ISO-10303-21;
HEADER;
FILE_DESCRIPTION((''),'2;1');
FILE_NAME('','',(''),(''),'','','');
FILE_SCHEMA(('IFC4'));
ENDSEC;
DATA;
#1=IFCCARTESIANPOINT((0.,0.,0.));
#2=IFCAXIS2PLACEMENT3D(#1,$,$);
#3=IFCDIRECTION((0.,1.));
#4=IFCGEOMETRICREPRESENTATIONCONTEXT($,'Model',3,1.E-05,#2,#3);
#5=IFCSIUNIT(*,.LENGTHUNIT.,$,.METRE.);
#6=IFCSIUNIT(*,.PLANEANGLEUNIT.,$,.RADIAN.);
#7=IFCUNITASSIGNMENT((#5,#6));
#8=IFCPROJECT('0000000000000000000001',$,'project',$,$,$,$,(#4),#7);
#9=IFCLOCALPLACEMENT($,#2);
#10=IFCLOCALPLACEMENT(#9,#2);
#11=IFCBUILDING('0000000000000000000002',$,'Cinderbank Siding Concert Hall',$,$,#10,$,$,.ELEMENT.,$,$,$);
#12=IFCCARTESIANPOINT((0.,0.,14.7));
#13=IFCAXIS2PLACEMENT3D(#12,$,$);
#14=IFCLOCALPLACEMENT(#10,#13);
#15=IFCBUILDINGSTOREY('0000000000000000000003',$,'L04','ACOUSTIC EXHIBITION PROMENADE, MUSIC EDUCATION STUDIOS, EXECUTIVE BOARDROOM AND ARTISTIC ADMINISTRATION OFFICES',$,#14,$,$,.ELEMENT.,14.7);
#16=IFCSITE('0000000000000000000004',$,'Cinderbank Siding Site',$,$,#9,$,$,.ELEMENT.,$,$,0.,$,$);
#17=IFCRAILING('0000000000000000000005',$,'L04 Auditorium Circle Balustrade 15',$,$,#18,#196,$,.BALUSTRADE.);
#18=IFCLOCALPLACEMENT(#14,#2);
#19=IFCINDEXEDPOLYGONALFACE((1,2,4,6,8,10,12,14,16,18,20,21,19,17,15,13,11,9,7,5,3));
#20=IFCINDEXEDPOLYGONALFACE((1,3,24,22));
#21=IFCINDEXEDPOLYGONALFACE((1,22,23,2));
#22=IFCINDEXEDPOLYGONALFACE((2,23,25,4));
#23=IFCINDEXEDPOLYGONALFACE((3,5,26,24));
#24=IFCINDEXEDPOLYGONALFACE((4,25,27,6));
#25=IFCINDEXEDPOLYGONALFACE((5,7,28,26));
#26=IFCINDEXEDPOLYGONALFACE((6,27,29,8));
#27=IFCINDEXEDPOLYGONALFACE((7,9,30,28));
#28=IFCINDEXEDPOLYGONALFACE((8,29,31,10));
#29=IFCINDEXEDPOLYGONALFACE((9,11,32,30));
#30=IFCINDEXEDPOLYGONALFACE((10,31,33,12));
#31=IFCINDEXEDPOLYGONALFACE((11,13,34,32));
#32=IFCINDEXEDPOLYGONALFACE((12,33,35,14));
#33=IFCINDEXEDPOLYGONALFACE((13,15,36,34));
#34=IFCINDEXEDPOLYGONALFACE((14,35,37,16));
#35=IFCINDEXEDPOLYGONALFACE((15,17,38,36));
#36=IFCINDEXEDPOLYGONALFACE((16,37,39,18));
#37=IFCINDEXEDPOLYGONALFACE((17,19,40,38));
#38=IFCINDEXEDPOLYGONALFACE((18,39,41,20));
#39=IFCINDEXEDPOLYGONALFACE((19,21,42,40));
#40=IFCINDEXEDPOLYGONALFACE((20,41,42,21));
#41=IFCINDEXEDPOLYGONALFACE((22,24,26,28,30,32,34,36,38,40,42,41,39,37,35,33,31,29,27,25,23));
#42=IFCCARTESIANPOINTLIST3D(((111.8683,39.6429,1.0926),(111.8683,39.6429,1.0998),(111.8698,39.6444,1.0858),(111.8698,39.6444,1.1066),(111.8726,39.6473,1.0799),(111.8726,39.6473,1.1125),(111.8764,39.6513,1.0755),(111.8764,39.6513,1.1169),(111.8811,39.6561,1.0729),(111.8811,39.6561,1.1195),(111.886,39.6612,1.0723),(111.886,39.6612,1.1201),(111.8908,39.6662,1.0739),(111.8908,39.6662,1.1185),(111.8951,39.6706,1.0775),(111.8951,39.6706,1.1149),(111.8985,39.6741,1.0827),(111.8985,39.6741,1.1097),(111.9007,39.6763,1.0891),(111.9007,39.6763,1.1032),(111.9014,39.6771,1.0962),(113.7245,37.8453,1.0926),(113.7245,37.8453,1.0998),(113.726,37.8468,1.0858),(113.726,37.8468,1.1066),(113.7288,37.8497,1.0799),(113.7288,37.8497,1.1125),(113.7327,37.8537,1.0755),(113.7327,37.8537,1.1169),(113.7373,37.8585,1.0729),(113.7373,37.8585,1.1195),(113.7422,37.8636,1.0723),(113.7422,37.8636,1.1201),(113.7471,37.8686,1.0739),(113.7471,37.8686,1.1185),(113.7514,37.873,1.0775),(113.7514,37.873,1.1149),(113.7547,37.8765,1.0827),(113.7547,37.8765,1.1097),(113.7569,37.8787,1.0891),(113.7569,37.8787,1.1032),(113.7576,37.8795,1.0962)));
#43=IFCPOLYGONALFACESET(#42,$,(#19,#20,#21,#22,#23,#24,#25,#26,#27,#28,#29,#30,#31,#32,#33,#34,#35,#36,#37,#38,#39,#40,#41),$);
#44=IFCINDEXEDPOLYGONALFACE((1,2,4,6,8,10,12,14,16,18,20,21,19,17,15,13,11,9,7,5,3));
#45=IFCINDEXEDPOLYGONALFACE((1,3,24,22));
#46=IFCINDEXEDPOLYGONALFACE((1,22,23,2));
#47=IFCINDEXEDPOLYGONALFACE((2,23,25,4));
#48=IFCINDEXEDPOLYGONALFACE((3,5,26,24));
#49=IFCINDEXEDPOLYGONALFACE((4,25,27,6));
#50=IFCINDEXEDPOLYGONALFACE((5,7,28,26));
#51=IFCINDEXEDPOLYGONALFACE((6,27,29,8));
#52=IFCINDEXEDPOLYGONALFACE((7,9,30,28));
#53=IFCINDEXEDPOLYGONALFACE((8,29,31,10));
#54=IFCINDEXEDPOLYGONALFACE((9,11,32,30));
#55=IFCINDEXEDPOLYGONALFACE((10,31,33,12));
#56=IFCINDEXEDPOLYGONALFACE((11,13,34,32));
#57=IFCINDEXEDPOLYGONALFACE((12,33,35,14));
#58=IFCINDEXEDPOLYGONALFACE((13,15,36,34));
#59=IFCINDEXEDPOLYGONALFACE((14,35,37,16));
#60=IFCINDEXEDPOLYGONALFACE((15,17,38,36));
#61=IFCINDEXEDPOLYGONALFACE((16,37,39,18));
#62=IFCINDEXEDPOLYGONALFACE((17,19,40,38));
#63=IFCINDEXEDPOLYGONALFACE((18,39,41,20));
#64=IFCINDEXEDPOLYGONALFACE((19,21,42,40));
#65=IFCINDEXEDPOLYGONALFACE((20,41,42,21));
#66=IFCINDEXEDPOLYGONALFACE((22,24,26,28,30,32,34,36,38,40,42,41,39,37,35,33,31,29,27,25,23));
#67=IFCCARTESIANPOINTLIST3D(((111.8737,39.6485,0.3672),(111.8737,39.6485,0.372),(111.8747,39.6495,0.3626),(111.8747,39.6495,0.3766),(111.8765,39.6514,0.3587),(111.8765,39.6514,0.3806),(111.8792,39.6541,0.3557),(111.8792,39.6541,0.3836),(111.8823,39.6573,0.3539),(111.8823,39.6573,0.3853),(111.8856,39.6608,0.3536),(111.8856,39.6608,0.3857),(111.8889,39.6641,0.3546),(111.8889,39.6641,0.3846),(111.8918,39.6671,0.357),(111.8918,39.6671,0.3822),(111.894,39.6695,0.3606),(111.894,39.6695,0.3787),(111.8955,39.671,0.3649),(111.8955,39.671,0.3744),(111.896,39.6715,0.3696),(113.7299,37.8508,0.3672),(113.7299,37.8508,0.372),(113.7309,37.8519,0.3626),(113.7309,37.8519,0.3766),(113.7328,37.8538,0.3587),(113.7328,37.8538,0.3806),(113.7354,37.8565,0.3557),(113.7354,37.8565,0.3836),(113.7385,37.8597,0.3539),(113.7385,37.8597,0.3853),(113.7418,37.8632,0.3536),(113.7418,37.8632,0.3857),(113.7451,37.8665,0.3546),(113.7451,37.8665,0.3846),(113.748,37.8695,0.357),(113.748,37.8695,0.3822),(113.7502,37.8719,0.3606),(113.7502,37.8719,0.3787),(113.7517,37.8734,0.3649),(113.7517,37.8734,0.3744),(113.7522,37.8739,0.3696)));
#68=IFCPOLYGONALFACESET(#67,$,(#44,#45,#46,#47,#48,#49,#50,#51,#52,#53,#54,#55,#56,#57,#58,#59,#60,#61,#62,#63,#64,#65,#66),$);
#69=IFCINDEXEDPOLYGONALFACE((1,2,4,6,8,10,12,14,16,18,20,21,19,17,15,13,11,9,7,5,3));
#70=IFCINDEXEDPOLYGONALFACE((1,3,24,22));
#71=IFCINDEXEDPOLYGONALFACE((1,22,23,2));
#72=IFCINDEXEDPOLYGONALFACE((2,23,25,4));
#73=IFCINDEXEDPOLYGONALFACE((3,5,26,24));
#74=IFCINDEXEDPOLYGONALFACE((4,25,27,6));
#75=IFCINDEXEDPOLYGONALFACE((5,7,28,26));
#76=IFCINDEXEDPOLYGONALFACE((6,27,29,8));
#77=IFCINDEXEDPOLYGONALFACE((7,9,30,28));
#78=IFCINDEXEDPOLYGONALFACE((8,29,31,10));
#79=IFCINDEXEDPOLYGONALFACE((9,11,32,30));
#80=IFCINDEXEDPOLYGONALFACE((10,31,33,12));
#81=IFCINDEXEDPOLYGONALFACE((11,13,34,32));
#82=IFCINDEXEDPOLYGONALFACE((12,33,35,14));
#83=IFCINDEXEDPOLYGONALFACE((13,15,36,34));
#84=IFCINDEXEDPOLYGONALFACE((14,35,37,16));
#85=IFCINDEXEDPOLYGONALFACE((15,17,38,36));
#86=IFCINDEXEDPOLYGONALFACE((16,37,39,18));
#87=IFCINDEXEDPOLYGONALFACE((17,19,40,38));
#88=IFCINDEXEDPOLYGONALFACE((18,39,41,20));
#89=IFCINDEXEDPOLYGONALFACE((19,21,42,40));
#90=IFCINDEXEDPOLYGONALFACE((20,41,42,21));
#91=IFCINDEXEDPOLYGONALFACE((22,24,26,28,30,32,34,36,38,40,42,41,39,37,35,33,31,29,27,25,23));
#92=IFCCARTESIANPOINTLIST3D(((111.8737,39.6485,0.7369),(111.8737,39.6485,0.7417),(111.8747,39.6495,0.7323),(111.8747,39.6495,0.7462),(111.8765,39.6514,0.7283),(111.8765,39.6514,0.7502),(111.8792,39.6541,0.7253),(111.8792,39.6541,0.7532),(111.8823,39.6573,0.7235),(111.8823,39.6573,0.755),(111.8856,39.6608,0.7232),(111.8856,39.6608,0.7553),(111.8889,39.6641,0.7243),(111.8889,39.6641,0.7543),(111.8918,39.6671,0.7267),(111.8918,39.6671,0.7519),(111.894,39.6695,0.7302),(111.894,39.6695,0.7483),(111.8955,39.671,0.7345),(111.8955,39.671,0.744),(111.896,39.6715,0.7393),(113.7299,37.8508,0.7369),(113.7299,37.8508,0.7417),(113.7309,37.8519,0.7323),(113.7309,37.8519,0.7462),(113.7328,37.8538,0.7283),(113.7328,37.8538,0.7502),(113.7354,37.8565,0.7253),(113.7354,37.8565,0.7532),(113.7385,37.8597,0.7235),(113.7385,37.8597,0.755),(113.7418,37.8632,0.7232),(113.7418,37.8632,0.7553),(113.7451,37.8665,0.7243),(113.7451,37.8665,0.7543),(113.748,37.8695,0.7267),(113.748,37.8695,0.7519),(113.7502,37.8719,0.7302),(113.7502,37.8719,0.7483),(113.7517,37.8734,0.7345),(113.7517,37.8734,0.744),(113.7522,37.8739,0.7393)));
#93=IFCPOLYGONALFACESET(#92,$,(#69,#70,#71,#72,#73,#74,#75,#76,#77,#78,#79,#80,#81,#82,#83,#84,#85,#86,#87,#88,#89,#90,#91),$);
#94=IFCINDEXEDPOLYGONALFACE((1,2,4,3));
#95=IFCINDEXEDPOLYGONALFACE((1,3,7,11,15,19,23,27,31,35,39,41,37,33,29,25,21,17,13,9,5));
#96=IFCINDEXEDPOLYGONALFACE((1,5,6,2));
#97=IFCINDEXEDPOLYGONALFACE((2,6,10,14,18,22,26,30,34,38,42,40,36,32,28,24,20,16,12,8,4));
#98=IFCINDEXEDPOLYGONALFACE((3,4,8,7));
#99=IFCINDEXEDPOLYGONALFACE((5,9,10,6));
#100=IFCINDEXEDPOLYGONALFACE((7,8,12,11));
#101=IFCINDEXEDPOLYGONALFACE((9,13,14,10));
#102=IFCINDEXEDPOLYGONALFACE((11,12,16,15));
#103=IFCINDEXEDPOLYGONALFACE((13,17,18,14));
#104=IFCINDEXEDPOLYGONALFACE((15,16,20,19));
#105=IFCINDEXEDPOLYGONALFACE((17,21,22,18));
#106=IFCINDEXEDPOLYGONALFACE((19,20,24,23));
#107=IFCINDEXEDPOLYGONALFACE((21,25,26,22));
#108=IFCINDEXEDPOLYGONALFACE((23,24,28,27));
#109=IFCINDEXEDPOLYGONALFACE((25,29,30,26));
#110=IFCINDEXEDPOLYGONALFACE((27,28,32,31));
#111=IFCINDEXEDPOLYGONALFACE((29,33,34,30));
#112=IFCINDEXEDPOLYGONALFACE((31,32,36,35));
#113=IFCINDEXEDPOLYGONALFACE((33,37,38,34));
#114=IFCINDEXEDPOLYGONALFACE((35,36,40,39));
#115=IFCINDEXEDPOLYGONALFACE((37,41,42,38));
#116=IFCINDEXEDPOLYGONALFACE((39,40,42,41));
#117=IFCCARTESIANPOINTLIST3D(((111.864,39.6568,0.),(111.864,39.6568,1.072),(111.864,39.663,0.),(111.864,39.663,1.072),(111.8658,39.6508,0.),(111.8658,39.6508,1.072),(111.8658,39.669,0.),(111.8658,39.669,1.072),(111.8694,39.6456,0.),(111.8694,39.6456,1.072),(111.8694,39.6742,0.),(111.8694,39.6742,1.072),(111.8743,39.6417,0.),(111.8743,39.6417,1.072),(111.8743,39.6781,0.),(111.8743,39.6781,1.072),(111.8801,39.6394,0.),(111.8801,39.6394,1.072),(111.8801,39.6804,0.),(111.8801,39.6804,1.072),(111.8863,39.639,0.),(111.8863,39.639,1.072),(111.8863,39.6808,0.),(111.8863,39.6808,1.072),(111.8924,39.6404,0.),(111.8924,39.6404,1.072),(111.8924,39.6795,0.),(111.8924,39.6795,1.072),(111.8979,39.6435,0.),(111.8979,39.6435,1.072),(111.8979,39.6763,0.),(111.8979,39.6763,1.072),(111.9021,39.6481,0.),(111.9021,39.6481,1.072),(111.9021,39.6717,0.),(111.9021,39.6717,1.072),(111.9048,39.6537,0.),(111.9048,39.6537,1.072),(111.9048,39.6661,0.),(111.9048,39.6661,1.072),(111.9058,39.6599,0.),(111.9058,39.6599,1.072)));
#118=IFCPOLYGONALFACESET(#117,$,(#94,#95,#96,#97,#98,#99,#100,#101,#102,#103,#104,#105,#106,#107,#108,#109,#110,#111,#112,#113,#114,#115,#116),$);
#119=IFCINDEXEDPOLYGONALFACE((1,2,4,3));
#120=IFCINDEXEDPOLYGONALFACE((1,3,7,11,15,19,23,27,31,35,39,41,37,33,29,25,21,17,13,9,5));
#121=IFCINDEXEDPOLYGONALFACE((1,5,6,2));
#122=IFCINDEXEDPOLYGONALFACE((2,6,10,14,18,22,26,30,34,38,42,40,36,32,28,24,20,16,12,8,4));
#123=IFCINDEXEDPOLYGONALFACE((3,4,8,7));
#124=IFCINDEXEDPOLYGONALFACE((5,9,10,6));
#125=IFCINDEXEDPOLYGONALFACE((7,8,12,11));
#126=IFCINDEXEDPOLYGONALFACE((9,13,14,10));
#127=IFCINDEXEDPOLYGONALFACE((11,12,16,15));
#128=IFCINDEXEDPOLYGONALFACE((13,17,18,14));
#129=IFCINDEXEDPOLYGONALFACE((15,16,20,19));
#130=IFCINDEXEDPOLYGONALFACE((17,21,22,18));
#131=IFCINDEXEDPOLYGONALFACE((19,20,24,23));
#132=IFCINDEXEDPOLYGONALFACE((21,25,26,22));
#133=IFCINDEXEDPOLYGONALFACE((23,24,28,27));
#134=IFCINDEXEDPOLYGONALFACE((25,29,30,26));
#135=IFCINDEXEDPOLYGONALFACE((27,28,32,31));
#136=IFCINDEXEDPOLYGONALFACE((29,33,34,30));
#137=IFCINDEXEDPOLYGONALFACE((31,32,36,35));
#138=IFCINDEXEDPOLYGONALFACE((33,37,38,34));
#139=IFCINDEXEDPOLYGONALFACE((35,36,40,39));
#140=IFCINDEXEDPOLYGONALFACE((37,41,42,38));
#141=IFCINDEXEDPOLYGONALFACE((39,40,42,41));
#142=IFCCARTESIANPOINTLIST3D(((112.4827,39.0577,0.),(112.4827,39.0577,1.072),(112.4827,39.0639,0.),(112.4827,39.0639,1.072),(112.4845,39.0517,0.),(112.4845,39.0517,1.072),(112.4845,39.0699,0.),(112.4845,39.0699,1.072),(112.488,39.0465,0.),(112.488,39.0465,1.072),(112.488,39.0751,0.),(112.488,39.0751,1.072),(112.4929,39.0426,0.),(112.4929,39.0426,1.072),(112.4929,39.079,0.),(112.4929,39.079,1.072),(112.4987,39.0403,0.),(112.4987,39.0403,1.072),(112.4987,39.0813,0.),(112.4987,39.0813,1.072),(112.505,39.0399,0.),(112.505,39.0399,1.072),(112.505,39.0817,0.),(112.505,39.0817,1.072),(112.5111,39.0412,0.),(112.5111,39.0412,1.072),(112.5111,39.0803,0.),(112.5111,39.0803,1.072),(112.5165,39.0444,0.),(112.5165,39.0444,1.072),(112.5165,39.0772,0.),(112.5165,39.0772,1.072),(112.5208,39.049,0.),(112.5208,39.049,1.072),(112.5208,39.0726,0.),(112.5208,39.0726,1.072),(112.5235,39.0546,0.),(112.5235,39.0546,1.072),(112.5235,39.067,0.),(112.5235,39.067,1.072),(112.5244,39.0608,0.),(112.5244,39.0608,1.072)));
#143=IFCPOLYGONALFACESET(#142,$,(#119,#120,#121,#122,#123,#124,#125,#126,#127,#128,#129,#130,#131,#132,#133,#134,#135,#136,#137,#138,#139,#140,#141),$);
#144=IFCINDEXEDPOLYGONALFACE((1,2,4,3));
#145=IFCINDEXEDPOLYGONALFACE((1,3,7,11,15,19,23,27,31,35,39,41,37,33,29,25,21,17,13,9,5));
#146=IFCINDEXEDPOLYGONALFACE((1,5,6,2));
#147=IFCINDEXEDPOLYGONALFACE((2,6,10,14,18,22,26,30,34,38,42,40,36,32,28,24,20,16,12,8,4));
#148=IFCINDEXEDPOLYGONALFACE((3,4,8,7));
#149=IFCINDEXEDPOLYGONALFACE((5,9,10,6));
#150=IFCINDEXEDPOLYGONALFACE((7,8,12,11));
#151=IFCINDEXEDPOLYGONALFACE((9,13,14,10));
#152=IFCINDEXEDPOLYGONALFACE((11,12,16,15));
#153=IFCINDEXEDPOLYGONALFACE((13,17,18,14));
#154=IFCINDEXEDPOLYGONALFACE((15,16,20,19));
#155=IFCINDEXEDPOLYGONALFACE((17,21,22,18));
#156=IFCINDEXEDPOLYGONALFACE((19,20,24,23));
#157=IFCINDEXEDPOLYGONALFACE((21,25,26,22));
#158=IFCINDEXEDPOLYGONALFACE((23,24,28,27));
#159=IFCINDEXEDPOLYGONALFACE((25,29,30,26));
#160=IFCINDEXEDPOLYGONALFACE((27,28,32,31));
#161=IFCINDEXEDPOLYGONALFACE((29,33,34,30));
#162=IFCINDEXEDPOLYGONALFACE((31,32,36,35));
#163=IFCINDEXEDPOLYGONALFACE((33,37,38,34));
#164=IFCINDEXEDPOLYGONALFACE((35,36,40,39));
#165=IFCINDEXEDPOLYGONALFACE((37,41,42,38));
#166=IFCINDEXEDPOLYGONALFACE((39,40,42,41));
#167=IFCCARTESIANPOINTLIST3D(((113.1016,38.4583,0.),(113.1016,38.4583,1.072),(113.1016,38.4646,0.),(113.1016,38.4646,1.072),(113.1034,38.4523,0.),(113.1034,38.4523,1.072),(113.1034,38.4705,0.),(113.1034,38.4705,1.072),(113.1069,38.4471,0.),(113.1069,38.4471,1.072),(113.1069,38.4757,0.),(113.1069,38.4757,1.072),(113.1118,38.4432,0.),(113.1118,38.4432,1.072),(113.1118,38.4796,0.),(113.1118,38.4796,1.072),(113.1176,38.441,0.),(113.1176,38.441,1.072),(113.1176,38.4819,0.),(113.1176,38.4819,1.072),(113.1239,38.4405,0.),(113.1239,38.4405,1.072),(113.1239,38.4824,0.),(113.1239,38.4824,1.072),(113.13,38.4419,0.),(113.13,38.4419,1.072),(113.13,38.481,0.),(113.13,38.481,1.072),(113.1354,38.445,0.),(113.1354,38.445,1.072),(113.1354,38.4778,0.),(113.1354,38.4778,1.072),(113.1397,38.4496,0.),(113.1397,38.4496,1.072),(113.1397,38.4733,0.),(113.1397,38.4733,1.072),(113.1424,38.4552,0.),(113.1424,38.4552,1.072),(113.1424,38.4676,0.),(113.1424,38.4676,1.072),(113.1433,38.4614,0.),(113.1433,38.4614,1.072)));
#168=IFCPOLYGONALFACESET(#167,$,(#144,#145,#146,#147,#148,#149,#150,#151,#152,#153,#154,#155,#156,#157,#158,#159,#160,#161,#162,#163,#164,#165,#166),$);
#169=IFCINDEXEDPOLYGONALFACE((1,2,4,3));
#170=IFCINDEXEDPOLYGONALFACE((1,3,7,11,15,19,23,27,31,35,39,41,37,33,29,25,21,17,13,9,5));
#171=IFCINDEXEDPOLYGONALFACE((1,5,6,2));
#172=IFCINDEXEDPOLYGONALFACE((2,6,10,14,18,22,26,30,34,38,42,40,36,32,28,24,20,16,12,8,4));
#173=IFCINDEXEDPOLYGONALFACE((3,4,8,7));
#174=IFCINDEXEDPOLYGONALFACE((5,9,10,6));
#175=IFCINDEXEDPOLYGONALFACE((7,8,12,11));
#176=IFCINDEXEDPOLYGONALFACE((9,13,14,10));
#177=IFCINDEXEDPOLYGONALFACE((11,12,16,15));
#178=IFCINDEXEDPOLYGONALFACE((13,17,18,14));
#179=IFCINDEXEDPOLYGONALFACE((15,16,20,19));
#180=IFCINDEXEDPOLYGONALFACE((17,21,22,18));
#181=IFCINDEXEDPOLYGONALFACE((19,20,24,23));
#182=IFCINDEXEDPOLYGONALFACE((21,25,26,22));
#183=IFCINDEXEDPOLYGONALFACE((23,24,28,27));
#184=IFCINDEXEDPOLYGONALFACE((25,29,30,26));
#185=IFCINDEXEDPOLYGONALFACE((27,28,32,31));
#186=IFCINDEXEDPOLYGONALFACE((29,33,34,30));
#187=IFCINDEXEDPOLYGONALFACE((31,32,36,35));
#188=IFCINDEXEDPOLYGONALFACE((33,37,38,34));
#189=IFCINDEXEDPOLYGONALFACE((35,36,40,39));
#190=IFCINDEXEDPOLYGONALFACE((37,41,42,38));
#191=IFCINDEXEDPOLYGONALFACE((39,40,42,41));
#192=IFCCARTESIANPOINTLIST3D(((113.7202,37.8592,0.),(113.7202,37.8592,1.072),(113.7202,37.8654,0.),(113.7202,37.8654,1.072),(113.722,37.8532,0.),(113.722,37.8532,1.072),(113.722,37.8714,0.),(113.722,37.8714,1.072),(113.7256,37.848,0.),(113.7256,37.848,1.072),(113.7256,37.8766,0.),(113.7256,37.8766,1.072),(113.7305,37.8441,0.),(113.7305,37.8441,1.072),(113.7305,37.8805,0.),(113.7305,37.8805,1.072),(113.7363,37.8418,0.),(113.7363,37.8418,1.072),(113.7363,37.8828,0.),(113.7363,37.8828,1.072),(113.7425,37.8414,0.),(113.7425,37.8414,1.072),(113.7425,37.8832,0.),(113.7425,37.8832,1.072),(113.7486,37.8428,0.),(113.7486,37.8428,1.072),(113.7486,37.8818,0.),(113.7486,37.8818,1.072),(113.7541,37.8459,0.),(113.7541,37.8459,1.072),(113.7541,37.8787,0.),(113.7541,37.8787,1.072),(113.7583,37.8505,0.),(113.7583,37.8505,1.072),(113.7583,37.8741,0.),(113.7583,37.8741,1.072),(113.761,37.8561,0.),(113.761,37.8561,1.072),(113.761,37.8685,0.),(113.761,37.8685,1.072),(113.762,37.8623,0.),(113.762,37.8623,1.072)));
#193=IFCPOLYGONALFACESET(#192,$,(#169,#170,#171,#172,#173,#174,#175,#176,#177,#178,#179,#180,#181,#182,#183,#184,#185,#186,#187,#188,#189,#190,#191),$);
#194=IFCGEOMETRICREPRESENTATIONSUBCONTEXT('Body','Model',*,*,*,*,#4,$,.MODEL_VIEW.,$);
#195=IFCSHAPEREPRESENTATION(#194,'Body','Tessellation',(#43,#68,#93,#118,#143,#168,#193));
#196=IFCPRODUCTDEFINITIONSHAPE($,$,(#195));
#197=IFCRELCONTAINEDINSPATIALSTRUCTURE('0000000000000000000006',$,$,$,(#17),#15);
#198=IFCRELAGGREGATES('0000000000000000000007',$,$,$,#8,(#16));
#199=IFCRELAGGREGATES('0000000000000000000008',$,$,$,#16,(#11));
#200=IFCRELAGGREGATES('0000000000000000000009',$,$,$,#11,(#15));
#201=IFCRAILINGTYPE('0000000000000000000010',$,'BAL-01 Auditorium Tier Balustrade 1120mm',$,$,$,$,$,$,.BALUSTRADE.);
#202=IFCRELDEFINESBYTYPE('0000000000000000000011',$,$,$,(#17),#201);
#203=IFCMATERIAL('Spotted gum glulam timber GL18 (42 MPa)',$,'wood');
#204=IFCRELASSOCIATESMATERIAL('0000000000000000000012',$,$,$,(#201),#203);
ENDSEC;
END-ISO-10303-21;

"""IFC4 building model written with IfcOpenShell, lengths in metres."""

from ifc_helpers import new_model, si_unit, direction, frame, origin, origin_2d, place, context, subcontext, project, spatial, circle, extrude, material, type_object, element, save


model = new_model("IFC4")

# Units and contexts
model_context = context("Model", 3, precision=1e-05, world=origin(), true_north=direction((0.0, 1.0)))
body_context = subcontext(model_context, "Body", "Model", "MODEL_VIEW")
ifc_project = project(units=[si_unit("LENGTHUNIT", "METRE"), si_unit("PLANEANGLEUNIT", "RADIAN")], contexts=[model_context])

# Site, building, storey
site_placement = place(None, origin())
site = spatial("IfcSite", under=ifc_project, at=site_placement, Name="Cinderbank Siding Site", CompositionType="ELEMENT", RefElevation=0.0)
building_placement = place(site_placement, origin())
building = spatial("IfcBuilding", under=site, at=building_placement, Name="Cinderbank Siding Concert Hall", CompositionType="ELEMENT")
storey_placement = place(building_placement, frame((0.0, 0.0, 14.7)))
storey = spatial("IfcBuildingStorey", under=building, at=storey_placement, Name="L04", Description="ACOUSTIC EXHIBITION PROMENADE, MUSIC EDUCATION STUDIOS, EXECUTIVE BOARDROOM AND ARTISTIC ADMINISTRATION OFFICES", CompositionType="ELEMENT", Elevation=14.7)

# Shared definitions
ifc_material_1 = material(Name="Spotted gum glulam timber GL18 (42 MPa)", Category="wood")

# Railing
railing_type = type_object("IfcRailingType", Name="BAL-01 Auditorium Tier Balustrade 1120mm", PredefinedType="BALUSTRADE", material=ifc_material_1)
railing_1_placement = place(storey_placement, frame((111.8848, 39.6599, 0.0)))
element("IfcRailing", 1, at=railing_1_placement, inside=storey, type_object=railing_type, Name="L04 Auditorium Circle Balustrade 15", PredefinedType="BALUSTRADE", context=body_context, shape_type="SweptSolid", body=[
    extrude(circle(Radius=0.0239, at=origin_2d()), frame((0.0, 0.0, 1.0962), z_axis=(0.718354, -0.695678, 0.0), x_axis=(0.695678, 0.718354, 0.0)), (0.0, 0.0, 1.0), 2.584),
    extrude(circle(Radius=0.0161, at=origin_2d()), frame((0.0, 0.0, 0.3696), z_axis=(0.718354, -0.695678, 0.0), x_axis=(0.695678, 0.718354, 0.0)), (0.0, 0.0, 1.0), 2.584),
    extrude(circle(Radius=0.0161, at=origin_2d()), frame((0.0, 0.0, 0.7393), z_axis=(0.718354, -0.695678, 0.0), x_axis=(0.695678, 0.718354, 0.0)), (0.0, 0.0, 1.0), 2.584),
    extrude(circle(Radius=0.021, at=origin_2d()), origin(), (0.0, 0.0, 1.0), 1.072),
    extrude(circle(Radius=0.021, at=origin_2d()), frame((0.6187, -0.5991, 0.0)), (0.0, 0.0, 1.0), 1.072),
    extrude(circle(Radius=0.021, at=origin_2d()), frame((1.2375, -1.1985, 0.0)), (0.0, 0.0, 1.0), 1.072),
    extrude(circle(Radius=0.021, at=origin_2d()), frame((1.8562, -1.7976, 0.0)), (0.0, 0.0, 1.0), 1.072),
])

save(model, "model.ifc")
